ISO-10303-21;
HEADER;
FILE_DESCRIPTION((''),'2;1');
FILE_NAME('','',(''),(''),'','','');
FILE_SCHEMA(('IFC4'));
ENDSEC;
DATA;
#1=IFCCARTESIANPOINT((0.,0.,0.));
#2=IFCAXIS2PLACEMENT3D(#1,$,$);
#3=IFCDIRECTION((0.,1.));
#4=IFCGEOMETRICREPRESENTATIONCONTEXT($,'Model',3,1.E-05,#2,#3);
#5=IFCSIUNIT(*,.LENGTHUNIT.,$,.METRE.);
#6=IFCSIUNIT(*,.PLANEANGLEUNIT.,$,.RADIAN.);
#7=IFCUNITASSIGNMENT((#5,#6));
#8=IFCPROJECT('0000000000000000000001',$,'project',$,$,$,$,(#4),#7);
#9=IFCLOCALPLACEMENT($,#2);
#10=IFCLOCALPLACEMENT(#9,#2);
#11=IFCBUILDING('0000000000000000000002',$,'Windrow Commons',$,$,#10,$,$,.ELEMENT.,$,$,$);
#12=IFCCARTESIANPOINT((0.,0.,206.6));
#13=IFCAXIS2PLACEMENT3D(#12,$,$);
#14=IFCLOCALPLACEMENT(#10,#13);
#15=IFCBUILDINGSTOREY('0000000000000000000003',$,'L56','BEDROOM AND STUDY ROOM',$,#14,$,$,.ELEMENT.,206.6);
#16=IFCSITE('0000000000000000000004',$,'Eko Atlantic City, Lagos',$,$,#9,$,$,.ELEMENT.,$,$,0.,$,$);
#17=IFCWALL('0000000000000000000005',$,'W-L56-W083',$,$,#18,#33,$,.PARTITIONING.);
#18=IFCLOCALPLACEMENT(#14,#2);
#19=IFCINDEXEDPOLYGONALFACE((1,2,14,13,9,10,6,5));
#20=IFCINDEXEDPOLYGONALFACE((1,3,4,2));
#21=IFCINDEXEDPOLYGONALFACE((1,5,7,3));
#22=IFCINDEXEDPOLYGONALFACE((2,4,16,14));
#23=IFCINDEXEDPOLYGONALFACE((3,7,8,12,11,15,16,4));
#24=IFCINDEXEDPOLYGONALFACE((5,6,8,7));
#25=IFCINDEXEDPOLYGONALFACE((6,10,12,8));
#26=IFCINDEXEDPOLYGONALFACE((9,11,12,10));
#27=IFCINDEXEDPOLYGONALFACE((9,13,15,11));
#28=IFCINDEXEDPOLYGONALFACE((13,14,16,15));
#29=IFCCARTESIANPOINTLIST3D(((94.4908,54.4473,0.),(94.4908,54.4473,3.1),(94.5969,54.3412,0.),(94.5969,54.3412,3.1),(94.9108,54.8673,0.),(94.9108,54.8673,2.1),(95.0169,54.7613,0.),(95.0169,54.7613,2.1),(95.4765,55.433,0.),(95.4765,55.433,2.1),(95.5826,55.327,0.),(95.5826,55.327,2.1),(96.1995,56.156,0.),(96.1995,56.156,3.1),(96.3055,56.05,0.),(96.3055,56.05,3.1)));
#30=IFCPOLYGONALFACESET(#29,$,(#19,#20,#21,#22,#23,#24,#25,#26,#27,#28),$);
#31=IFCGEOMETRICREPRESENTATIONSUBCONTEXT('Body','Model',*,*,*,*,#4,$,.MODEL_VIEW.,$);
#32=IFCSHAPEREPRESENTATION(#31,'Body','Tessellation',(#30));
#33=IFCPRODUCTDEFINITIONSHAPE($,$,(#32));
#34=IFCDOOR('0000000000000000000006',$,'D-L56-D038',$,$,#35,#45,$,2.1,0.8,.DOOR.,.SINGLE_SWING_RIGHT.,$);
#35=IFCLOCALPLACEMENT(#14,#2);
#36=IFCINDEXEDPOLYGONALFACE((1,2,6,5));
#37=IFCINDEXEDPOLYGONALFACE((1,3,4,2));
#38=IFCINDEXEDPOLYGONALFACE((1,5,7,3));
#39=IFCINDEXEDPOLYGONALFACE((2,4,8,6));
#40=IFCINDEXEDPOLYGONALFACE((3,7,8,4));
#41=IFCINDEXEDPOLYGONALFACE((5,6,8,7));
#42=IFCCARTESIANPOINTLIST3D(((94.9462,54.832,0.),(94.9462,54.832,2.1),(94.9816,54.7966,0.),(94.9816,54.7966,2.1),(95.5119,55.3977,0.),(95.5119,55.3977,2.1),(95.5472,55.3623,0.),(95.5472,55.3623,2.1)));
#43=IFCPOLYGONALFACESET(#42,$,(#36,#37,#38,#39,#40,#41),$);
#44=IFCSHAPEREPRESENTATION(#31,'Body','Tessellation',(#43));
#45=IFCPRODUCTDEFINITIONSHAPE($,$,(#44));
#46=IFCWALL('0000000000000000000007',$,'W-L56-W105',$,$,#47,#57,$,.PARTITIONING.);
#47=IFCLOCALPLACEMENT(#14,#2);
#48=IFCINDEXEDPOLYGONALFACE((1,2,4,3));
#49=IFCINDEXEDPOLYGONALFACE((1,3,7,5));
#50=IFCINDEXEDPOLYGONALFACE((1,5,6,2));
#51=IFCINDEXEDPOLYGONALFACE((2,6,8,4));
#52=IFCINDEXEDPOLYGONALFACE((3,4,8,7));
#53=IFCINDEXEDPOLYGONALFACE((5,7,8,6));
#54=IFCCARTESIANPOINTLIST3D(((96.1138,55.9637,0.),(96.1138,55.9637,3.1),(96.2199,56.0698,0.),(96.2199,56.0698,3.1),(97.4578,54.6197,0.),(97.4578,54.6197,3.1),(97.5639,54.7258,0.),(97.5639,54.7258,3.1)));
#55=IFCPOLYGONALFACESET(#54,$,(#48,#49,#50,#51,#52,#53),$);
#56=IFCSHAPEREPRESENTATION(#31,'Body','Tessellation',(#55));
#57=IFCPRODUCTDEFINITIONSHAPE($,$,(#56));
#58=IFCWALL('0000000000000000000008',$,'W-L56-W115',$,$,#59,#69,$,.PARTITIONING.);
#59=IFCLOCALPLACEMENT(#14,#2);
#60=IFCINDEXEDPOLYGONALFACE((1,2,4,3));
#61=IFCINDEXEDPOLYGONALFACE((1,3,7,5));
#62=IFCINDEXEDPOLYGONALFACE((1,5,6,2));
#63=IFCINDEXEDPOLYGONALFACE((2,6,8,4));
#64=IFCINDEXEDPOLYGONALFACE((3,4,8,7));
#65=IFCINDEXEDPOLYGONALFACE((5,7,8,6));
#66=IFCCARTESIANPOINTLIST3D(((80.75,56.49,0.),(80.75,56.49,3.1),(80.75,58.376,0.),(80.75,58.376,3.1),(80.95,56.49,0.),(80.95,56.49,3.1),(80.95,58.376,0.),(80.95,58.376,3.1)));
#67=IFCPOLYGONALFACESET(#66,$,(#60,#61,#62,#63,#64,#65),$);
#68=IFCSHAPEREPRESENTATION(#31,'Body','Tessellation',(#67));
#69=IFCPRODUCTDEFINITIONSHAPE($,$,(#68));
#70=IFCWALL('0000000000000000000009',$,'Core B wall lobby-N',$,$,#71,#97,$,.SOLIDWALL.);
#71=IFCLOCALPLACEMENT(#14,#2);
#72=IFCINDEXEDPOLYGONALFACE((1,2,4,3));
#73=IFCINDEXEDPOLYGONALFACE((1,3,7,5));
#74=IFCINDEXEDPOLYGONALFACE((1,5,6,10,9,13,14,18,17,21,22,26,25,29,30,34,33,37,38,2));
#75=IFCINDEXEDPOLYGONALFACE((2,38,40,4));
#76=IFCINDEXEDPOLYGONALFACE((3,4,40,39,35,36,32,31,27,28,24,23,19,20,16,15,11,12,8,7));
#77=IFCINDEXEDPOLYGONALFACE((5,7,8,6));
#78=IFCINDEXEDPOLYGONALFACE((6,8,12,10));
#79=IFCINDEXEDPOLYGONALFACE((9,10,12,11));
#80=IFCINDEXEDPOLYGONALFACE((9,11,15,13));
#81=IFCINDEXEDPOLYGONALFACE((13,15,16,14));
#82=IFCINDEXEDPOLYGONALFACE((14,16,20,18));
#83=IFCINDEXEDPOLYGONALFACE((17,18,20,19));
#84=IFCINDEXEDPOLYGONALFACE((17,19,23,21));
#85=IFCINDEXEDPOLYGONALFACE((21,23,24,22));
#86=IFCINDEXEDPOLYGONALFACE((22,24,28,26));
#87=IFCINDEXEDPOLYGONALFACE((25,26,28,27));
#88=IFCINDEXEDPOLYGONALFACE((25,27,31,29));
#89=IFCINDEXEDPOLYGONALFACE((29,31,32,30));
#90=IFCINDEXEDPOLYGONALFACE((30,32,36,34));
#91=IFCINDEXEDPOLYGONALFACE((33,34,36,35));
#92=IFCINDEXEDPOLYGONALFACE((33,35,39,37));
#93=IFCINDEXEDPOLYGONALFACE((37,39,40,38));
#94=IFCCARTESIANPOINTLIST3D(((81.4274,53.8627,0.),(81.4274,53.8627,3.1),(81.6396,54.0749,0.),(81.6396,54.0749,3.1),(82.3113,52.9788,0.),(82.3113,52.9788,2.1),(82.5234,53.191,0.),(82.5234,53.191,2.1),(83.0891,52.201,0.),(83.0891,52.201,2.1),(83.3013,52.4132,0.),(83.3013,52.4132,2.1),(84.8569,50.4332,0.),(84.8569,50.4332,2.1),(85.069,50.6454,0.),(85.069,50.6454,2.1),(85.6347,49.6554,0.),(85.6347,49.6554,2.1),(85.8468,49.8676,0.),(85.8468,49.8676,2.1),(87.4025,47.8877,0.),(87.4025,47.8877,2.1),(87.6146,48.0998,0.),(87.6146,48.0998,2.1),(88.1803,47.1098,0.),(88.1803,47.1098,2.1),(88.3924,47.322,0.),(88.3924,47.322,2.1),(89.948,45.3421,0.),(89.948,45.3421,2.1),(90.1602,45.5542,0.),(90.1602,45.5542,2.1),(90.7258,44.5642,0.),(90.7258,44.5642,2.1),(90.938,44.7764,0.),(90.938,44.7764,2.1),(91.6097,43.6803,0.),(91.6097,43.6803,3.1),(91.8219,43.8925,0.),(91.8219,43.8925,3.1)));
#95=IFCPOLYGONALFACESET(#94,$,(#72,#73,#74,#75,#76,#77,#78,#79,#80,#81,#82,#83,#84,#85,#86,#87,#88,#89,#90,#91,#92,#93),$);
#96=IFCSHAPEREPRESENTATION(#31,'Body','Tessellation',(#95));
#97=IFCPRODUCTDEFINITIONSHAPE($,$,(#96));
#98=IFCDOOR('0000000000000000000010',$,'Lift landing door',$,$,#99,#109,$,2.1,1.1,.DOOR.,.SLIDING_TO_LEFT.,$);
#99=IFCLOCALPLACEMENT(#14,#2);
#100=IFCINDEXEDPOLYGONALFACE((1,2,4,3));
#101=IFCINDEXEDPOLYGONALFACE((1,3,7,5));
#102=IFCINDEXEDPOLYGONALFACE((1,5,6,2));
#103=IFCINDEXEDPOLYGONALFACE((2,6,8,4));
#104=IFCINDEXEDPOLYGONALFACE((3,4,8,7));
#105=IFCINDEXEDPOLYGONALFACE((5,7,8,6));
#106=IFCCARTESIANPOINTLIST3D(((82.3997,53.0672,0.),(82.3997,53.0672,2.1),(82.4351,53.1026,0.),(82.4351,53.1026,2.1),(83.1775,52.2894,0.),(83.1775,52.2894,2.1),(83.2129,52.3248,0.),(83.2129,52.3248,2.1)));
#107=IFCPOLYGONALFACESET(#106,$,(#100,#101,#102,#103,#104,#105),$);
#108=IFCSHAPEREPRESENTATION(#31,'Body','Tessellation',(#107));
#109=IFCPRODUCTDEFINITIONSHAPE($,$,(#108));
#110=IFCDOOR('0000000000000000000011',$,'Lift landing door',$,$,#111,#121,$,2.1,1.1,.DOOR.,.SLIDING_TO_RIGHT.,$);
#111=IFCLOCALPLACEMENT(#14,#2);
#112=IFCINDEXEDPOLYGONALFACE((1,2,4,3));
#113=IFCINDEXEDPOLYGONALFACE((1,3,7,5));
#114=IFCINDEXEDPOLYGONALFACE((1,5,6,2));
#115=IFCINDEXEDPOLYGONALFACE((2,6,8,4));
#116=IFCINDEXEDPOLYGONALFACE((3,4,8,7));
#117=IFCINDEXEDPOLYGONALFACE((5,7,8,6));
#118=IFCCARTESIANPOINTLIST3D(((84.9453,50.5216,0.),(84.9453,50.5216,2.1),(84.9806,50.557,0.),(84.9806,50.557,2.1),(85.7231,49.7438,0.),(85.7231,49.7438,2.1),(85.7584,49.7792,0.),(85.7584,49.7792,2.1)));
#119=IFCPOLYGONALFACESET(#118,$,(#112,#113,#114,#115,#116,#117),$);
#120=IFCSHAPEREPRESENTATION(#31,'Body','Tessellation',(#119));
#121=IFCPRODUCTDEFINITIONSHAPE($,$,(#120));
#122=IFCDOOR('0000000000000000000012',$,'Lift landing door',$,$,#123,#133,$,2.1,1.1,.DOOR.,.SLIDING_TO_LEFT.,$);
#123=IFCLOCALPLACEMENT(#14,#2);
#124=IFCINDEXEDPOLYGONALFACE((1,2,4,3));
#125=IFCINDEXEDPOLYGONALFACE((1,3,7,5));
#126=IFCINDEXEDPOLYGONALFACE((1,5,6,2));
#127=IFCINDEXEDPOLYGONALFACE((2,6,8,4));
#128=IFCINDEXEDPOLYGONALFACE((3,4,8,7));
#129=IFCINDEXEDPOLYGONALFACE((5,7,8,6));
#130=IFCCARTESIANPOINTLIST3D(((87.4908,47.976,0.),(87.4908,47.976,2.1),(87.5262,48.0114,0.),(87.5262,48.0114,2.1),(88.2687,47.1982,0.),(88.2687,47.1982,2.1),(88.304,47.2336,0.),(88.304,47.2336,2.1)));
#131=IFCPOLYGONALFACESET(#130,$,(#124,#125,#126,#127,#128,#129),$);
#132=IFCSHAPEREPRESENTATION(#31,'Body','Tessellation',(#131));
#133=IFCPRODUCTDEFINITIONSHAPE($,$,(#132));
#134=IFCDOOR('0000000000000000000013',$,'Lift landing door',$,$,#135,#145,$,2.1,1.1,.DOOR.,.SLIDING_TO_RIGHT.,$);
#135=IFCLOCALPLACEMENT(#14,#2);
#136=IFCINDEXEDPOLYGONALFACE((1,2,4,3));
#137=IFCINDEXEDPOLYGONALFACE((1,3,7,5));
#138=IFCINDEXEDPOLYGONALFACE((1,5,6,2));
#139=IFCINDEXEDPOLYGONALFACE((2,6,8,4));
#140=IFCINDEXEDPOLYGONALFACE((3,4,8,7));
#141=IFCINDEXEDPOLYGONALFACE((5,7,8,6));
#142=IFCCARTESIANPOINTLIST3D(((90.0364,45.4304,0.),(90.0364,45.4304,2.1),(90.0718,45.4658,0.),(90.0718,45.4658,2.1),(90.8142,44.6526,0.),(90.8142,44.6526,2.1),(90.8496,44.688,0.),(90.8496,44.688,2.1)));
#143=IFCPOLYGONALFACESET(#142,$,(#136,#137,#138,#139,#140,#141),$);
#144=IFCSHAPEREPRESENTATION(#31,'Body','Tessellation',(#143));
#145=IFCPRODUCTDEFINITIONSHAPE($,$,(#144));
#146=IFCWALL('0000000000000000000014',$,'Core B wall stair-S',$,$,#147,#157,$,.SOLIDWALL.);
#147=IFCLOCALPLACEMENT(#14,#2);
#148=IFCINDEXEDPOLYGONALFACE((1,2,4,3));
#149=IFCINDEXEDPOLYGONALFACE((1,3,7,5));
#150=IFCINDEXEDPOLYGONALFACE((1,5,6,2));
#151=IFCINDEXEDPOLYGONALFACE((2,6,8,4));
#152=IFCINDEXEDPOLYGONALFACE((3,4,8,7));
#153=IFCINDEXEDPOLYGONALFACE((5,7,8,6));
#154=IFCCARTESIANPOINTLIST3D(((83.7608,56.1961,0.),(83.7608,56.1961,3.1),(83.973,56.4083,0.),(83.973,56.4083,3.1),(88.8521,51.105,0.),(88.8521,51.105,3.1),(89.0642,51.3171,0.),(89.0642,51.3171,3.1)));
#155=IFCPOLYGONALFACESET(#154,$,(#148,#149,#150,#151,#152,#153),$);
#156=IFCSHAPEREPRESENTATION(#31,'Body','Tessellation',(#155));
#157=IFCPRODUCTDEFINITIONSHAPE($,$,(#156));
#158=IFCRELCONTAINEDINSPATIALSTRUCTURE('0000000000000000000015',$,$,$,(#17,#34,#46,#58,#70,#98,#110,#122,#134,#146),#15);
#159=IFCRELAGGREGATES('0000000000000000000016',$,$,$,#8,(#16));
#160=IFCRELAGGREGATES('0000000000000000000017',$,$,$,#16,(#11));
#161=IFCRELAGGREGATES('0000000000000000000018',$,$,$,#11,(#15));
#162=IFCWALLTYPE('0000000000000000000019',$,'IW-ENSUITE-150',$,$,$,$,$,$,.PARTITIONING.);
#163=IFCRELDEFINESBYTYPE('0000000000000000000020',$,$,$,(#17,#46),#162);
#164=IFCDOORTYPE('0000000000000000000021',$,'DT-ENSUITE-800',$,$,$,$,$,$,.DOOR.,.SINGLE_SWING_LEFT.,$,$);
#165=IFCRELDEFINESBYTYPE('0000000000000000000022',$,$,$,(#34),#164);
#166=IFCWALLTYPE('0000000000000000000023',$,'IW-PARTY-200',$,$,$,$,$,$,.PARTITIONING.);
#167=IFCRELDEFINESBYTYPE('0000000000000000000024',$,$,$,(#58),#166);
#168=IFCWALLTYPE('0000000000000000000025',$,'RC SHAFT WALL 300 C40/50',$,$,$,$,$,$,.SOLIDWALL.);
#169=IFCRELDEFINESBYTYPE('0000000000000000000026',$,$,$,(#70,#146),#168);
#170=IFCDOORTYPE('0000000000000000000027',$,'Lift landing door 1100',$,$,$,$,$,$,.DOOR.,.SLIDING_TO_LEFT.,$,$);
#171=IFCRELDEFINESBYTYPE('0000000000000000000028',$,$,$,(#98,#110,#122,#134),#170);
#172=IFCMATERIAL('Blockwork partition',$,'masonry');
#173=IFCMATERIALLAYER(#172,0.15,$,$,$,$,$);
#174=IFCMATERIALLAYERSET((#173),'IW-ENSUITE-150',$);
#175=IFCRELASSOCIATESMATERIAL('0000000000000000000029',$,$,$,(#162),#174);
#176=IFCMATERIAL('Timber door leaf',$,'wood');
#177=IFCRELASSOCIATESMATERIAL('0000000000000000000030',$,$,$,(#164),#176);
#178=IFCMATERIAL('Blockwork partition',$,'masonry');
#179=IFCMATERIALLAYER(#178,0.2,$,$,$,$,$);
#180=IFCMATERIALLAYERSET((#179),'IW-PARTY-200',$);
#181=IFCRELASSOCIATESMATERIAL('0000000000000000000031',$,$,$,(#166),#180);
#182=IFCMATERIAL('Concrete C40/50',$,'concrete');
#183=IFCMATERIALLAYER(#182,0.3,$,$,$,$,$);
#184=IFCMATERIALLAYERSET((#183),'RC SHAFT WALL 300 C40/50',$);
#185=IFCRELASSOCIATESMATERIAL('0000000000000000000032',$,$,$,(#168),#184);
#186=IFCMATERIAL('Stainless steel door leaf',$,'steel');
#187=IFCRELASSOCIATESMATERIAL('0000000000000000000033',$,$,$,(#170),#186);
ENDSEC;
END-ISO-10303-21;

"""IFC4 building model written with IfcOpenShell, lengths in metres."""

from ifc_helpers import new_model, si_unit, direction, frame, frame_2d, origin, place, context, subcontext, project, spatial, rectangle, extrude, material, layer, layer_set, type_object, element, fill, save


model = new_model("IFC4")

# Units and contexts
model_context = context("Model", 3, precision=1e-05, world=origin(), true_north=direction((0.0, 1.0)))
body_context = subcontext(model_context, "Body", "Model", "MODEL_VIEW")
ifc_project = project(units=[si_unit("LENGTHUNIT", "METRE"), si_unit("PLANEANGLEUNIT", "RADIAN")], contexts=[model_context])

# Site, building, storey
site_placement = place(None, origin())
site = spatial("IfcSite", under=ifc_project, at=site_placement, Name="Eko Atlantic City, Lagos", CompositionType="ELEMENT", RefElevation=0.0)
building_placement = place(site_placement, origin())
building = spatial("IfcBuilding", under=site, at=building_placement, Name="Windrow Commons", CompositionType="ELEMENT")
storey_placement = place(building_placement, frame((0.0, 0.0, 206.6)))
storey = spatial("IfcBuildingStorey", under=building, at=storey_placement, Name="L56", Description="BEDROOM AND STUDY ROOM", CompositionType="ELEMENT", Elevation=206.6)

# Shared definitions
ifc_material_1 = material(Name="Blockwork partition", Category="masonry")
ifc_layer_1 = layer(ifc_material_1, 0.15)
ifc_layer_set_1 = layer_set([ifc_layer_1], Name="IW-ENSUITE-150")
wall_type_1 = type_object("IfcWallType", Name="IW-ENSUITE-150", PredefinedType="PARTITIONING", material=ifc_layer_set_1)

# Wall, opening, door
wall_1_placement = place(storey_placement, frame((94.5438, 54.3942, 0.0), z_axis=(0.0, 0.0, 1.0), x_axis=(0.707086, 0.707127, 0.0)))
wall_1 = element("IfcWall", 1, at=wall_1_placement, inside=storey, type_object=wall_type_1, Name="W-L56-W083", PredefinedType="PARTITIONING", context=body_context, shape_type="SweptSolid", body=[
    extrude(rectangle(XDim=2.4165, YDim=0.15, at=frame_2d((1.2083, 0.0))), origin(), (0.0, 0.0, 1.0), 3.1),
])
opening_1_placement = place(wall_1_placement, frame((0.5941, 0.0, 0.0)))
opening_1 = element("IfcOpeningElement", 2, at=opening_1_placement, cuts=wall_1, PredefinedType="OPENING", context=body_context, shape_type="SweptSolid", body=[
    extrude(rectangle(XDim=0.8, YDim=2.1, at=frame_2d((0.4, 1.05))), frame((0.0, 0.085, 0.0), z_axis=(0.0, -1.0, 0.0), x_axis=(1.0, 0.0, 0.0)), (0.0, 0.0, 1.0), 0.17),
])
ifc_material_2 = material(Name="Timber door leaf", Category="wood")
door_type_1 = type_object("IfcDoorType", Name="DT-ENSUITE-800", OperationType="SINGLE_SWING_LEFT", PredefinedType="DOOR", material=ifc_material_2)
door_1_placement = place(opening_1_placement, origin())
door_1 = element("IfcDoor", 3, at=door_1_placement, inside=storey, type_object=door_type_1, Name="D-L56-D038", OperationType="SINGLE_SWING_RIGHT", OverallHeight=2.1, OverallWidth=0.8, PredefinedType="DOOR", context=body_context, shape_type="SweptSolid", body=[
    extrude(rectangle(XDim=0.8, YDim=2.1, at=frame_2d((0.4, 1.05))), frame((0.0, 0.025, 0.0), z_axis=(0.0, -1.0, 0.0), x_axis=(1.0, 0.0, 0.0)), (0.0, 0.0, 1.0), 0.05),
])
fill(opening_1, door_1)

# Walls
wall_2_placement = place(storey_placement, frame((96.1668, 56.0168, 0.0), z_axis=(0.0, 0.0, 1.0), x_axis=(0.707107, -0.707107, 0.0)))
element("IfcWall", 4, at=wall_2_placement, inside=storey, type_object=wall_type_1, Name="W-L56-W105", PredefinedType="PARTITIONING", context=body_context, shape_type="SweptSolid", body=[
    extrude(rectangle(XDim=1.9007, YDim=0.15, at=frame_2d((0.9504, 0.0))), origin(), (0.0, 0.0, 1.0), 3.1),
])
ifc_material_3 = material(Name="Blockwork partition", Category="masonry")
ifc_layer_2 = layer(ifc_material_3, 0.2)
ifc_layer_set_2 = layer_set([ifc_layer_2], Name="IW-PARTY-200")
wall_type_2 = type_object("IfcWallType", Name="IW-PARTY-200", PredefinedType="PARTITIONING", material=ifc_layer_set_2)
wall_3_placement = place(storey_placement, frame((80.85, 56.49, 0.0), z_axis=(0.0, 0.0, 1.0), x_axis=(0.0, 1.0, 0.0)))
element("IfcWall", 5, at=wall_3_placement, inside=storey, type_object=wall_type_2, Name="W-L56-W115", PredefinedType="PARTITIONING", context=body_context, shape_type="SweptSolid", body=[
    extrude(rectangle(XDim=1.886, YDim=0.2, at=frame_2d((0.943, 0.0))), origin(), (0.0, 0.0, 1.0), 3.1),
])

# Wall, openings, doors
ifc_material_4 = material(Name="Concrete C40/50", Category="concrete")
ifc_layer_3 = layer(ifc_material_4, 0.3)
ifc_layer_set_3 = layer_set([ifc_layer_3], Name="RC SHAFT WALL 300 C40/50")
wall_type_3 = type_object("IfcWallType", Name="RC SHAFT WALL 300 C40/50", PredefinedType="SOLIDWALL", material=ifc_layer_set_3)
wall_4_placement = place(storey_placement, frame((81.5335, 53.9688, 0.0), z_axis=(0.0, 0.0, 1.0), x_axis=(0.707103, -0.70711, 0.0)))
wall_4 = element("IfcWall", 6, at=wall_4_placement, inside=storey, type_object=wall_type_3, Name="Core B wall lobby-N", PredefinedType="SOLIDWALL", context=body_context, shape_type="SweptSolid", body=[
    extrude(rectangle(XDim=14.4, YDim=0.3, at=frame_2d((7.2, 0.0))), origin(), (0.0, 0.0, 1.0), 3.1),
])
opening_2_placement = place(wall_4_placement, frame((1.25, 0.0, 0.0)))
opening_2 = element("IfcOpeningElement", 7, at=opening_2_placement, cuts=wall_4, PredefinedType="OPENING", context=body_context, shape_type="SweptSolid", body=[
    extrude(rectangle(XDim=1.1, YDim=2.1, at=frame_2d((0.55, 1.05))), frame((0.0, 0.16, 0.0), z_axis=(0.0, -1.0, 0.0), x_axis=(1.0, 0.0, 0.0)), (0.0, 0.0, 1.0), 0.32),
])
opening_3_placement = place(wall_4_placement, frame((4.85, 0.0, 0.0)))
opening_3 = element("IfcOpeningElement", 8, at=opening_3_placement, cuts=wall_4, PredefinedType="OPENING", context=body_context, shape_type="SweptSolid", body=[
    extrude(rectangle(XDim=1.1, YDim=2.1, at=frame_2d((0.55, 1.05))), frame((0.0, 0.16, 0.0), z_axis=(0.0, -1.0, 0.0), x_axis=(1.0, 0.0, 0.0)), (0.0, 0.0, 1.0), 0.32),
])
opening_4_placement = place(wall_4_placement, frame((8.45, 0.0, 0.0)))
opening_4 = element("IfcOpeningElement", 9, at=opening_4_placement, cuts=wall_4, PredefinedType="OPENING", context=body_context, shape_type="SweptSolid", body=[
    extrude(rectangle(XDim=1.1, YDim=2.1, at=frame_2d((0.55, 1.05))), frame((0.0, 0.16, 0.0), z_axis=(0.0, -1.0, 0.0), x_axis=(1.0, 0.0, 0.0)), (0.0, 0.0, 1.0), 0.32),
])
opening_5_placement = place(wall_4_placement, frame((12.05, 0.0, 0.0)))
opening_5 = element("IfcOpeningElement", 10, at=opening_5_placement, cuts=wall_4, PredefinedType="OPENING", context=body_context, shape_type="SweptSolid", body=[
    extrude(rectangle(XDim=1.1, YDim=2.1, at=frame_2d((0.55, 1.05))), frame((0.0, 0.16, 0.0), z_axis=(0.0, -1.0, 0.0), x_axis=(1.0, 0.0, 0.0)), (0.0, 0.0, 1.0), 0.32),
])
ifc_material_5 = material(Name="Stainless steel door leaf", Category="steel")
door_type_2 = type_object("IfcDoorType", Name="Lift landing door 1100", OperationType="SLIDING_TO_LEFT", PredefinedType="DOOR", material=ifc_material_5)
door_2_placement = place(opening_2_placement, origin())
door_2 = element("IfcDoor", 11, at=door_2_placement, inside=storey, type_object=door_type_2, Name="Lift landing door", OperationType="SLIDING_TO_LEFT", OverallHeight=2.1, OverallWidth=1.1, PredefinedType="DOOR", context=body_context, shape_type="SweptSolid", body=[
    extrude(rectangle(XDim=1.1, YDim=2.1, at=frame_2d((0.55, 1.05))), frame((0.0, 0.025, 0.0), z_axis=(0.0, -1.0, 0.0), x_axis=(1.0, 0.0, 0.0)), (0.0, 0.0, 1.0), 0.05),
])
fill(opening_2, door_2)
door_3_placement = place(opening_3_placement, origin())
door_3 = element("IfcDoor", 12, at=door_3_placement, inside=storey, type_object=door_type_2, Name="Lift landing door", OperationType="SLIDING_TO_RIGHT", OverallHeight=2.1, OverallWidth=1.1, PredefinedType="DOOR", context=body_context, shape_type="SweptSolid", body=[
    extrude(rectangle(XDim=1.1, YDim=2.1, at=frame_2d((0.55, 1.05))), frame((0.0, 0.025, 0.0), z_axis=(0.0, -1.0, 0.0), x_axis=(1.0, 0.0, 0.0)), (0.0, 0.0, 1.0), 0.05),
])
fill(opening_3, door_3)
door_4_placement = place(opening_4_placement, origin())
door_4 = element("IfcDoor", 13, at=door_4_placement, inside=storey, type_object=door_type_2, Name="Lift landing door", OperationType="SLIDING_TO_LEFT", OverallHeight=2.1, OverallWidth=1.1, PredefinedType="DOOR", context=body_context, shape_type="SweptSolid", body=[
    extrude(rectangle(XDim=1.1, YDim=2.1, at=frame_2d((0.55, 1.05))), frame((0.0, 0.025, 0.0), z_axis=(0.0, -1.0, 0.0), x_axis=(1.0, 0.0, 0.0)), (0.0, 0.0, 1.0), 0.05),
])
fill(opening_4, door_4)
door_5_placement = place(opening_5_placement, origin())
door_5 = element("IfcDoor", 14, at=door_5_placement, inside=storey, type_object=door_type_2, Name="Lift landing door", OperationType="SLIDING_TO_RIGHT", OverallHeight=2.1, OverallWidth=1.1, PredefinedType="DOOR", context=body_context, shape_type="SweptSolid", body=[
    extrude(rectangle(XDim=1.1, YDim=2.1, at=frame_2d((0.55, 1.05))), frame((0.0, 0.025, 0.0), z_axis=(0.0, -1.0, 0.0), x_axis=(1.0, 0.0, 0.0)), (0.0, 0.0, 1.0), 0.05),
])
fill(opening_5, door_5)

# Wall
wall_5_placement = place(storey_placement, frame((83.8669, 56.3022, 0.0), z_axis=(0.0, 0.0, 1.0), x_axis=(0.707114, -0.7071, 0.0)))
element("IfcWall", 15, at=wall_5_placement, inside=storey, type_object=wall_type_3, Name="Core B wall stair-S", PredefinedType="SOLIDWALL", context=body_context, shape_type="SweptSolid", body=[
    extrude(rectangle(XDim=7.2, YDim=0.3, at=frame_2d((3.6, 0.0))), origin(), (0.0, 0.0, 1.0), 3.1),
])

save(model, "model.ifc")
